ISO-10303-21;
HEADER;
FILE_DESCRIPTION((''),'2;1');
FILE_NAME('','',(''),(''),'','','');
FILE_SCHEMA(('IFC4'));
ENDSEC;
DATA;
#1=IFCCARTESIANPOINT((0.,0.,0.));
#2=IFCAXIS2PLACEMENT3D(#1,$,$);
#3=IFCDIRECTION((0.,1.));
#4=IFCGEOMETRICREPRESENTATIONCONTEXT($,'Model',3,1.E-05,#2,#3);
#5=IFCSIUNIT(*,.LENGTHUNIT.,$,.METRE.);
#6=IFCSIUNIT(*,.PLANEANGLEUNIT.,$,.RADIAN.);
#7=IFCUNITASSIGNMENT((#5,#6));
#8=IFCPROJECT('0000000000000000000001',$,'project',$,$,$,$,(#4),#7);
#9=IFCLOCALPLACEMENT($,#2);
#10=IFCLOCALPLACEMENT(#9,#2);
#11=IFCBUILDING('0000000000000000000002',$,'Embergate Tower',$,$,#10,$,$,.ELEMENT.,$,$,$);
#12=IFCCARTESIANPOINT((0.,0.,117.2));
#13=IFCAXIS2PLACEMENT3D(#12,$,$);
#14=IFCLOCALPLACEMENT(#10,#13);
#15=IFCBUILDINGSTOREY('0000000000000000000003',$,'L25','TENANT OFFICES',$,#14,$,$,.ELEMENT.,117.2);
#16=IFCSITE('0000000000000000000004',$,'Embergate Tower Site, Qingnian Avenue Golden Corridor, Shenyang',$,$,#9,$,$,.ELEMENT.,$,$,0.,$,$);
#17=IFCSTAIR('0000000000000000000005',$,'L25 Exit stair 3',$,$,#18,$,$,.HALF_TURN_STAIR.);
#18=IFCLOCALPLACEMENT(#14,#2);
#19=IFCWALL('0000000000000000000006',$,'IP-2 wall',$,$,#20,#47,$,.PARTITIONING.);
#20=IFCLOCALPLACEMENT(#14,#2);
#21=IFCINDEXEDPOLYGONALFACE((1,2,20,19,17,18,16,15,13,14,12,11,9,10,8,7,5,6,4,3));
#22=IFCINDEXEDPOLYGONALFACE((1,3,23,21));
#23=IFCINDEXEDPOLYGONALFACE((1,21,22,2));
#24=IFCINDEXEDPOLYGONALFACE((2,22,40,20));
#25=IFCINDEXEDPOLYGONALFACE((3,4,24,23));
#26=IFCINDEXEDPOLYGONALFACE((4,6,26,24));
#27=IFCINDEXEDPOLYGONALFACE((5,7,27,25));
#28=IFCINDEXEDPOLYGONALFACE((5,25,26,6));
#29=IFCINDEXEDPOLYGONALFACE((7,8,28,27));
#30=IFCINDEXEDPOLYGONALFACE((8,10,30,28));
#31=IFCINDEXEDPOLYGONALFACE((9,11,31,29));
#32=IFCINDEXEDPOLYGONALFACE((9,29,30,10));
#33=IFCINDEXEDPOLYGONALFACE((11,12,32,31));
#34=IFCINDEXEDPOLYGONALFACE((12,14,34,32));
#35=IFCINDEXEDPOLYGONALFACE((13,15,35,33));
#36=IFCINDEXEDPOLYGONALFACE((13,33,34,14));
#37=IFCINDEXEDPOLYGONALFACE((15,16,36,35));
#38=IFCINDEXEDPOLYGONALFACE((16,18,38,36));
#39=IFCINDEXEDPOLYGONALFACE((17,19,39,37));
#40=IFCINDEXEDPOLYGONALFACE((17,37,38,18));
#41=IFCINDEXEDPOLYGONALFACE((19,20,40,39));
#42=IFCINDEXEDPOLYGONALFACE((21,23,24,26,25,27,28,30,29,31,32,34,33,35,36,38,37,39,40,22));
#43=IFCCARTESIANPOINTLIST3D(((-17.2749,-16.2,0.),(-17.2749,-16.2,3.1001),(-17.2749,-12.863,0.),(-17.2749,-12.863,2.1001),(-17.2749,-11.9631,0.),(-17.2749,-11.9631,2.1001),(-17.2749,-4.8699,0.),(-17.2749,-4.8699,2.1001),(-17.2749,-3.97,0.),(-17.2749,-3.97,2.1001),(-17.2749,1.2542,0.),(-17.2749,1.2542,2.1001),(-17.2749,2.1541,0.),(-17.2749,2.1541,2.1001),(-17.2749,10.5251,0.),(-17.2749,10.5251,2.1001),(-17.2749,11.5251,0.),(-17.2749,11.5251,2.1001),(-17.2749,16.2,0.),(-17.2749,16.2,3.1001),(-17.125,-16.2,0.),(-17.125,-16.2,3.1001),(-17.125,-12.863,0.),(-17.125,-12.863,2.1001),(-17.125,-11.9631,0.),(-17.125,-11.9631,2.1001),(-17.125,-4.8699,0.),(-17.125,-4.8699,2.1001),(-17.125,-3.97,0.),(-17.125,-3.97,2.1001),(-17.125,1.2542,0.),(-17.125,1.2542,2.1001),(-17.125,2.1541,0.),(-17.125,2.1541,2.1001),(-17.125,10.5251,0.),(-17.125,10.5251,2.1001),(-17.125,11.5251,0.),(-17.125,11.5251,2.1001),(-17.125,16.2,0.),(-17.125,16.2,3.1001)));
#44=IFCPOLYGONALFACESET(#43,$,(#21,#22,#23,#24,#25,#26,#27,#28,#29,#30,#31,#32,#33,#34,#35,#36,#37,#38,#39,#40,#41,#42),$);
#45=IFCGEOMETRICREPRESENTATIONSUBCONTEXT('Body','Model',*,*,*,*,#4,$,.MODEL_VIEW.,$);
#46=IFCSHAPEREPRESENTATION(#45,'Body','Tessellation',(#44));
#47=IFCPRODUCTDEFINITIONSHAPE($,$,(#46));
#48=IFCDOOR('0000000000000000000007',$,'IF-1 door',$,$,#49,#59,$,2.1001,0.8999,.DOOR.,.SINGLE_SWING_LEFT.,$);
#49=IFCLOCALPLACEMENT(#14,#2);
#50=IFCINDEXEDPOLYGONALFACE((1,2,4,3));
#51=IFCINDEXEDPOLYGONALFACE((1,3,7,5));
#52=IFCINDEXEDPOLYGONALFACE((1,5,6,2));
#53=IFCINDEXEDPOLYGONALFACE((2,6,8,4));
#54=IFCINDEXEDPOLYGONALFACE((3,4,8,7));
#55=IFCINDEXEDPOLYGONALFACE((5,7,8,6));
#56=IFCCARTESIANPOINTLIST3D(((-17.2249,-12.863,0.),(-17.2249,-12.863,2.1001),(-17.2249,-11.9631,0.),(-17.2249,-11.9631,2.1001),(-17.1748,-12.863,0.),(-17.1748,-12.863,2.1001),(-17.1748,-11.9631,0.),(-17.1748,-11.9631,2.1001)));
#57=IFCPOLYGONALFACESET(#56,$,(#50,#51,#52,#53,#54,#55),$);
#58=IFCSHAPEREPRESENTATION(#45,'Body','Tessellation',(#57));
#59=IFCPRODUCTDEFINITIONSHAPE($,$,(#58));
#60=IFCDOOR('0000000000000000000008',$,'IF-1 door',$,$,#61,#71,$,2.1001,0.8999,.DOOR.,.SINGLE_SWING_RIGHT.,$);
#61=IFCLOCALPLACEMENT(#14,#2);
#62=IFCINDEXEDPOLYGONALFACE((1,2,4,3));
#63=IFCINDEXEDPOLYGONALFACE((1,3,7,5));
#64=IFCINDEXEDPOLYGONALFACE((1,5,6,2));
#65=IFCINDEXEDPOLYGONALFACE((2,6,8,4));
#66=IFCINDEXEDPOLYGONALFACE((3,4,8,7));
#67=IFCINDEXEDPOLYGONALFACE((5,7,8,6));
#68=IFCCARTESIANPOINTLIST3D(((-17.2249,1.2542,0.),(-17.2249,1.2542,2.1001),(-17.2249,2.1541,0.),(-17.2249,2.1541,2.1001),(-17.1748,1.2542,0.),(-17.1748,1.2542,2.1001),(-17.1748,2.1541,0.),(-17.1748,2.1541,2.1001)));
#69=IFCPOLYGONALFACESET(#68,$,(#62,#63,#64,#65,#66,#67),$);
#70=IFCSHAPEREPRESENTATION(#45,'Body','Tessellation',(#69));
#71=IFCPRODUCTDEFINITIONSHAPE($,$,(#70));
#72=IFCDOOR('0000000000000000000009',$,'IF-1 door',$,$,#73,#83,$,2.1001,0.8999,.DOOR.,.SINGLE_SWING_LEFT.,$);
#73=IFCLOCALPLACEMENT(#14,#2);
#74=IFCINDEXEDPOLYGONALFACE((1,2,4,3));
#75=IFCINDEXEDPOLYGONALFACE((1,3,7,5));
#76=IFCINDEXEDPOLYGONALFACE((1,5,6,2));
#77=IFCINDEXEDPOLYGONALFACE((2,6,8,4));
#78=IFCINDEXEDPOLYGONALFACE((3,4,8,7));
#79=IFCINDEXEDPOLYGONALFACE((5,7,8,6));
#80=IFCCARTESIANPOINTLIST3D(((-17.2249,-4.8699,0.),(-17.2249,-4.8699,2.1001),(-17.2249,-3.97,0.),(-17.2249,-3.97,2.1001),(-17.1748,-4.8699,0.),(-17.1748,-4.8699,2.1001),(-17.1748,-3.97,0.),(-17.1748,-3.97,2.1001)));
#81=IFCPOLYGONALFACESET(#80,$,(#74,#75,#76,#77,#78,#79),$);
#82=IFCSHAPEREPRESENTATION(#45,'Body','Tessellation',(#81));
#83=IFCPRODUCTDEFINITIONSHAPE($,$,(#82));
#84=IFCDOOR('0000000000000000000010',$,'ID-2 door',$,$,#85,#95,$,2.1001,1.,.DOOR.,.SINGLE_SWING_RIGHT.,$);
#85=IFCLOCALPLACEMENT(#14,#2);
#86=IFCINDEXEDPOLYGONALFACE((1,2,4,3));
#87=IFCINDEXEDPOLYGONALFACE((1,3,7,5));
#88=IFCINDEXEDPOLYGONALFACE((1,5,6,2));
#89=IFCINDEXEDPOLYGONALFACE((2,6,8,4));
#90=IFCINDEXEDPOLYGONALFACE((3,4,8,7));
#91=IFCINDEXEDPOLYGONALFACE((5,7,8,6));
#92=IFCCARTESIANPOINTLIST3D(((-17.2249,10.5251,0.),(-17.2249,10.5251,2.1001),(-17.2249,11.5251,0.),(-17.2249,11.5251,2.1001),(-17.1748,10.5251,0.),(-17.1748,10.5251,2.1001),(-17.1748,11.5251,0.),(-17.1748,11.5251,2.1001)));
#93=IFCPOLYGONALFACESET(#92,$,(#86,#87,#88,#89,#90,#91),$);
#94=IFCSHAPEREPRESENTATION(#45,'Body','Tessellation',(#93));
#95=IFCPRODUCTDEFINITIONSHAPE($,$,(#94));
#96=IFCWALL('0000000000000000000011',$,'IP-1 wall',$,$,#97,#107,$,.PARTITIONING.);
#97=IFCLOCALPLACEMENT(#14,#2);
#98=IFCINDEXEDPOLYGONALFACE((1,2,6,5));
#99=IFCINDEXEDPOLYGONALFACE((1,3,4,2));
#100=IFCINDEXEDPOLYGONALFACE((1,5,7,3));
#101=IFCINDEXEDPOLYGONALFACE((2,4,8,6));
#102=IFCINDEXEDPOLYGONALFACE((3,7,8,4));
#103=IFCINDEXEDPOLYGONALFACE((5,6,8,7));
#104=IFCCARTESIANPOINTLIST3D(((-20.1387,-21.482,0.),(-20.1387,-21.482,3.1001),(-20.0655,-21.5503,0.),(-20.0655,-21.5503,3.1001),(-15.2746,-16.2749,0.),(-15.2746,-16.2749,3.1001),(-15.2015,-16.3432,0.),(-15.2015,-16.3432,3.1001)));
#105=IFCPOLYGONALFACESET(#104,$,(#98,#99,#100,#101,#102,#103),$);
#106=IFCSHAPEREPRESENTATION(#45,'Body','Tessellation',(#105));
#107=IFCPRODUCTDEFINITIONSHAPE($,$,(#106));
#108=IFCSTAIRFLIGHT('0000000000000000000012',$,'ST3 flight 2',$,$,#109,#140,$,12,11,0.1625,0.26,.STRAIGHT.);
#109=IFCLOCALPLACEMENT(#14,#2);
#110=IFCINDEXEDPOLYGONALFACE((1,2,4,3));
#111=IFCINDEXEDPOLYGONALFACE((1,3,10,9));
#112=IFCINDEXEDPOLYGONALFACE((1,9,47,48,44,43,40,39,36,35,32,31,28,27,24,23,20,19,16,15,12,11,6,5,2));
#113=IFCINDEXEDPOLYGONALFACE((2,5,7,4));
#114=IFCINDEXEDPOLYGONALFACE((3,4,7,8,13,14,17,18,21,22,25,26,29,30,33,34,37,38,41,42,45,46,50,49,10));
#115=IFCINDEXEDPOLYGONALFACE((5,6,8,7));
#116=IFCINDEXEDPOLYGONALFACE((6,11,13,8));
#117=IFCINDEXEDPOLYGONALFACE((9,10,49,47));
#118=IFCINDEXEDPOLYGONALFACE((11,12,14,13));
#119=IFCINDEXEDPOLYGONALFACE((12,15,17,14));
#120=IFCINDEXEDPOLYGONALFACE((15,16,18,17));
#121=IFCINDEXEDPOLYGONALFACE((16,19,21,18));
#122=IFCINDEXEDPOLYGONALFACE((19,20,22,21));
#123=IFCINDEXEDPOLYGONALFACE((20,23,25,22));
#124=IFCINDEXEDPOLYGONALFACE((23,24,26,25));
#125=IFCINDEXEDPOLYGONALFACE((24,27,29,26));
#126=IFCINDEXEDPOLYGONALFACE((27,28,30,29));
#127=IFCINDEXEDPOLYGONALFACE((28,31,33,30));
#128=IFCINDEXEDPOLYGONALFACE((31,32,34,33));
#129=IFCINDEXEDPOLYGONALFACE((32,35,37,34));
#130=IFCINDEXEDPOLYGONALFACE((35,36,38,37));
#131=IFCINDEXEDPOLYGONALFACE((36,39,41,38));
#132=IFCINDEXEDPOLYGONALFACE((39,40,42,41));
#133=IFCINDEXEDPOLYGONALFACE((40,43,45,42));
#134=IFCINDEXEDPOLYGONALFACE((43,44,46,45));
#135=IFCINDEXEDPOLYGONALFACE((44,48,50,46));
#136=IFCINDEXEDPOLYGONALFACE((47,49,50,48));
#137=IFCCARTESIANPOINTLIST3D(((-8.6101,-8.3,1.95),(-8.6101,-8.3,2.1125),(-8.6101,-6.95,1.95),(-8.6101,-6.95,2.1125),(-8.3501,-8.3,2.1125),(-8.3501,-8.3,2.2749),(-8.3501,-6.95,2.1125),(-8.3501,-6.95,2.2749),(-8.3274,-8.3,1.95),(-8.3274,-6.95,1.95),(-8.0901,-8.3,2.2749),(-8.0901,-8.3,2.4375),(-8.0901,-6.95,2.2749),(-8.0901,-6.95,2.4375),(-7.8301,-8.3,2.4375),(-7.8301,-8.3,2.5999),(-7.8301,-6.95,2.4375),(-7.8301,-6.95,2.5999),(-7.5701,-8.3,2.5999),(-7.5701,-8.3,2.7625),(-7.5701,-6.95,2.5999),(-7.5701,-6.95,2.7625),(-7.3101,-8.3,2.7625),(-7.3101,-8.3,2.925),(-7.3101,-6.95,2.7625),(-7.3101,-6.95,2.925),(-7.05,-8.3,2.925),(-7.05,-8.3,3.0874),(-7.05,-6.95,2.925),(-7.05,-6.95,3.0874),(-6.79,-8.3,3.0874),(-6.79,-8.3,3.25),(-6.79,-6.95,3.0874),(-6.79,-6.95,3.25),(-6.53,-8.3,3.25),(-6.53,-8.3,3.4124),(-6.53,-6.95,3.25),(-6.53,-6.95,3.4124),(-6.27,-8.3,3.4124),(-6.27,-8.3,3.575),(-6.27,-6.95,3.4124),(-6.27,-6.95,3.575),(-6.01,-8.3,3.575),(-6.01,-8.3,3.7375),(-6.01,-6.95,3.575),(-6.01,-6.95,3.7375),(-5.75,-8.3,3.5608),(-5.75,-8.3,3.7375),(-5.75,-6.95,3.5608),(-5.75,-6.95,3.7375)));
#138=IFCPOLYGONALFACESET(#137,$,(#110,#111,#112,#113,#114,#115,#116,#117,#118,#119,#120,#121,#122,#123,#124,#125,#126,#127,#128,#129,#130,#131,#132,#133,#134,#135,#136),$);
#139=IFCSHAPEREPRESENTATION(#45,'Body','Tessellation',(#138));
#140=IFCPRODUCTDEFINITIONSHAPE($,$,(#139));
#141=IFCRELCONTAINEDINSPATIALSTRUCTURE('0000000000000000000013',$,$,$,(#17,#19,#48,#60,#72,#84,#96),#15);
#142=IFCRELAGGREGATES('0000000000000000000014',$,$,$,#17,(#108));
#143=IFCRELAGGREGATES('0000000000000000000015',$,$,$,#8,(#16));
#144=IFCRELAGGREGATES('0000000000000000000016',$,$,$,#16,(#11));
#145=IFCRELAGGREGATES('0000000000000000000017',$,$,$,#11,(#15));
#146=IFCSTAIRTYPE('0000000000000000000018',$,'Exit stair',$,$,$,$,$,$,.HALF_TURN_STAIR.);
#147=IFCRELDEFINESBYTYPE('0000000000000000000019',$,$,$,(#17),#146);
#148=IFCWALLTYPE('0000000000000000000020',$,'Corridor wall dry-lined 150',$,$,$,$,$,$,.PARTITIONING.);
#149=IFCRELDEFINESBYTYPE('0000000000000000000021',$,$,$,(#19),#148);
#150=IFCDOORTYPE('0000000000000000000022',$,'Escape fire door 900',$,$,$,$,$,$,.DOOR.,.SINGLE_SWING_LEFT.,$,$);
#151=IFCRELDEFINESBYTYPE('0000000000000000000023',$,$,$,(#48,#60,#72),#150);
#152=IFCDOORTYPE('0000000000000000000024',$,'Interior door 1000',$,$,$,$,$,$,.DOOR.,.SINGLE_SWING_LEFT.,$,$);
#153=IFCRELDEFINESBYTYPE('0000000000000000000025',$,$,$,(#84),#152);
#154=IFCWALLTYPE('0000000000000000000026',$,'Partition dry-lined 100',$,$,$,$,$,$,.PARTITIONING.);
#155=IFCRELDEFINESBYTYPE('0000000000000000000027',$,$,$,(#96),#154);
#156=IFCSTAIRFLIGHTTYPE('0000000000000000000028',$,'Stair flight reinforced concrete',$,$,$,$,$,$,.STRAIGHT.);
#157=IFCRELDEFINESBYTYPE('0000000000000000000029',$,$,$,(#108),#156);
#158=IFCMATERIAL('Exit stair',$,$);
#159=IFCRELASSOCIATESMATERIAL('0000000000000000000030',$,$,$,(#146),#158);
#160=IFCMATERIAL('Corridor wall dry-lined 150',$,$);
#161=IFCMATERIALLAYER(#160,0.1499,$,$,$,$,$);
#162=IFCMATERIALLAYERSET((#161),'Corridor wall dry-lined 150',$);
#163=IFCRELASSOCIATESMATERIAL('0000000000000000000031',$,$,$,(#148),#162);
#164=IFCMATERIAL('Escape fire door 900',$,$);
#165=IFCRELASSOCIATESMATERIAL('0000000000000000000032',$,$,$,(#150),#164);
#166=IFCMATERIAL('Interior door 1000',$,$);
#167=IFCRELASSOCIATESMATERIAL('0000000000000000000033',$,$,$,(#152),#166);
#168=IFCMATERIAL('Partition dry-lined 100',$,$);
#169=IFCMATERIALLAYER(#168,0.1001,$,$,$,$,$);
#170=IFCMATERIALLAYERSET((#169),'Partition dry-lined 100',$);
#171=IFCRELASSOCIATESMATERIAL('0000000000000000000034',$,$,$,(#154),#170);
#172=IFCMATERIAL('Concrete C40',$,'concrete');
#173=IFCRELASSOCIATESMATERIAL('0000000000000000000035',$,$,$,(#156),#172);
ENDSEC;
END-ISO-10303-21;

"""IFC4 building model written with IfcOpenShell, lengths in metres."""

from ifc_helpers import new_model, si_unit, direction, frame, frame_2d, origin, place, context, subcontext, project, spatial, polyline, rectangle, outline, extrude, source, transform, mapped, material, layer, layer_set, type_object, element, fill, aggregate, save


model = new_model("IFC4")

# Units and contexts
model_context = context("Model", 3, precision=1e-05, world=origin(), true_north=direction((0.0, 1.0)))
body_context = subcontext(model_context, "Body", "Model", "MODEL_VIEW")
ifc_project = project(units=[si_unit("LENGTHUNIT", "METRE"), si_unit("PLANEANGLEUNIT", "RADIAN")], contexts=[model_context])

# Site, building, storey
site_placement = place(None, origin())
site = spatial("IfcSite", under=ifc_project, at=site_placement, Name="Embergate Tower Site, Qingnian Avenue Golden Corridor, Shenyang", CompositionType="ELEMENT", RefElevation=0.0)
building_placement = place(site_placement, origin())
building = spatial("IfcBuilding", under=site, at=building_placement, Name="Embergate Tower", CompositionType="ELEMENT")
storey_placement = place(building_placement, frame((0.0, 0.0, 117.2)))
storey = spatial("IfcBuildingStorey", under=building, at=storey_placement, Name="L25", Description="TENANT OFFICES", CompositionType="ELEMENT", Elevation=117.2)

# Stair
ifc_material_1 = material(Name="Exit stair")
stair_type = type_object("IfcStairType", Name="Exit stair", PredefinedType="HALF_TURN_STAIR", material=ifc_material_1)
stair_placement = place(storey_placement, origin())
stair = element("IfcStair", 1, at=stair_placement, inside=storey, type_object=stair_type, Name="L25 Exit stair 3", PredefinedType="HALF_TURN_STAIR")
ifc_material_2 = material(Name="Concrete C40", Category="concrete")

# Shared definitions
shared_shape_1 = source(origin(), body_context, "Body", "SweptSolid", [
    extrude(rectangle(XDim=0.8999, YDim=2.1001, at=frame_2d((0.45, 1.05))), frame((0.0, 0.0249, 0.0), z_axis=(0.0, -1.0, 0.0), x_axis=(1.0, 0.0, 0.0)), (0.0, 0.0, 1.0), 0.05),
])

# Wall, openings, doors
ifc_material_3 = material(Name="Corridor wall dry-lined 150")
ifc_layer_1 = layer(ifc_material_3, 0.1499)
ifc_layer_set_1 = layer_set([ifc_layer_1], Name="Corridor wall dry-lined 150")
wall_type_1 = type_object("IfcWallType", Name="Corridor wall dry-lined 150", PredefinedType="PARTITIONING", material=ifc_layer_set_1)
shared_shape_2 = source(origin(), body_context, "Body", "SweptSolid", [
    extrude(rectangle(XDim=32.3999, YDim=0.1499, at=frame_2d((16.2, 0.0))), origin(), (0.0, 0.0, 1.0), 3.1001),
])
wall_1_placement = place(storey_placement, frame((-17.2, -16.2, 0.0), z_axis=(0.0, 0.0, 1.0), x_axis=(0.0, 1.0, 0.0)))
wall_1 = element("IfcWall", 2, at=wall_1_placement, inside=storey, type_object=wall_type_1, Name="IP-2 wall", PredefinedType="PARTITIONING", context=body_context, shape_type="MappedRepresentation", body=[
    mapped(shared_shape_2, transform((0.0, 0.0, 0.0))),
])
shared_shape_3 = source(origin(), body_context, "Body", "SweptSolid", [
    extrude(rectangle(XDim=0.8999, YDim=2.1001, at=frame_2d((0.45, 1.05))), frame((0.0, 0.085, 0.0), z_axis=(0.0, -1.0, 0.0), x_axis=(1.0, 0.0, 0.0)), (0.0, 0.0, 1.0), 0.1699),
])
opening_1_placement = place(wall_1_placement, frame((3.3369, 0.0, 0.0)))
opening_1 = element("IfcOpeningElement", 3, at=opening_1_placement, cuts=wall_1, PredefinedType="OPENING", context=body_context, shape_type="MappedRepresentation", body=[
    mapped(shared_shape_3, transform((0.0, 0.0, 0.0))),
])
shared_shape_4 = source(origin(), body_context, "Body", "SweptSolid", [
    extrude(rectangle(XDim=1.0, YDim=2.1001, at=frame_2d((0.5, 1.05))), frame((0.0, 0.085, 0.0), z_axis=(0.0, -1.0, 0.0), x_axis=(1.0, 0.0, 0.0)), (0.0, 0.0, 1.0), 0.1699),
])
opening_2_placement = place(wall_1_placement, frame((26.7251, 0.0, 0.0)))
opening_2 = element("IfcOpeningElement", 4, at=opening_2_placement, cuts=wall_1, PredefinedType="OPENING", context=body_context, shape_type="MappedRepresentation", body=[
    mapped(shared_shape_4, transform((0.0, 0.0, 0.0))),
])
opening_3_placement = place(wall_1_placement, frame((17.4541, 0.0, 0.0)))
opening_3 = element("IfcOpeningElement", 5, at=opening_3_placement, cuts=wall_1, PredefinedType="OPENING", context=body_context, shape_type="MappedRepresentation", body=[
    mapped(shared_shape_3, transform((0.0, 0.0, 0.0))),
])
opening_4_placement = place(wall_1_placement, frame((11.3301, 0.0, 0.0)))
opening_4 = element("IfcOpeningElement", 6, at=opening_4_placement, cuts=wall_1, PredefinedType="OPENING", context=body_context, shape_type="MappedRepresentation", body=[
    mapped(shared_shape_3, transform((0.0, 0.0, 0.0))),
])
ifc_material_4 = material(Name="Escape fire door 900")
door_type_1 = type_object("IfcDoorType", Name="Escape fire door 900", OperationType="SINGLE_SWING_LEFT", PredefinedType="DOOR", material=ifc_material_4)
door_1_placement = place(opening_1_placement, origin())
door_1 = element("IfcDoor", 7, at=door_1_placement, inside=storey, type_object=door_type_1, Name="IF-1 door", OperationType="SINGLE_SWING_LEFT", OverallHeight=2.1001, OverallWidth=0.8999, PredefinedType="DOOR", context=body_context, shape_type="MappedRepresentation", body=[
    mapped(shared_shape_1, transform((0.0, 0.0, 0.0))),
])
fill(opening_1, door_1)
door_2_placement = place(opening_3_placement, origin())
door_2 = element("IfcDoor", 8, at=door_2_placement, inside=storey, type_object=door_type_1, Name="IF-1 door", OperationType="SINGLE_SWING_RIGHT", OverallHeight=2.1001, OverallWidth=0.8999, PredefinedType="DOOR", context=body_context, shape_type="MappedRepresentation", body=[
    mapped(shared_shape_1, transform((0.0, 0.0, 0.0))),
])
fill(opening_3, door_2)
door_3_placement = place(opening_4_placement, origin())
door_3 = element("IfcDoor", 9, at=door_3_placement, inside=storey, type_object=door_type_1, Name="IF-1 door", OperationType="SINGLE_SWING_LEFT", OverallHeight=2.1001, OverallWidth=0.8999, PredefinedType="DOOR", context=body_context, shape_type="MappedRepresentation", body=[
    mapped(shared_shape_1, transform((0.0, 0.0, 0.0))),
])
fill(opening_4, door_3)
ifc_material_5 = material(Name="Interior door 1000")
door_type_2 = type_object("IfcDoorType", Name="Interior door 1000", OperationType="SINGLE_SWING_LEFT", PredefinedType="DOOR", material=ifc_material_5)
shared_shape_5 = source(origin(), body_context, "Body", "SweptSolid", [
    extrude(rectangle(XDim=1.0, YDim=2.1001, at=frame_2d((0.5, 1.05))), frame((0.0, 0.0249, 0.0), z_axis=(0.0, -1.0, 0.0), x_axis=(1.0, 0.0, 0.0)), (0.0, 0.0, 1.0), 0.05),
])
door_4_placement = place(opening_2_placement, origin())
door_4 = element("IfcDoor", 10, at=door_4_placement, inside=storey, type_object=door_type_2, Name="ID-2 door", OperationType="SINGLE_SWING_RIGHT", OverallHeight=2.1001, OverallWidth=1.0, PredefinedType="DOOR", context=body_context, shape_type="MappedRepresentation", body=[
    mapped(shared_shape_5, transform((0.0, 0.0, 0.0))),
])
fill(opening_2, door_4)

# Wall
ifc_material_6 = material(Name="Partition dry-lined 100")
ifc_layer_2 = layer(ifc_material_6, 0.1001)
ifc_layer_set_2 = layer_set([ifc_layer_2], Name="Partition dry-lined 100")
wall_type_2 = type_object("IfcWallType", Name="Partition dry-lined 100", PredefinedType="PARTITIONING", material=ifc_layer_set_2)
shared_shape_6 = source(origin(), body_context, "Body", "SweptSolid", [
    extrude(rectangle(XDim=7.1255, YDim=0.1001, at=frame_2d((3.5627, 0.0))), origin(), (0.0, 0.0, 1.0), 3.1001),
])
wall_2_placement = place(storey_placement, frame((-15.238, -16.3091, 0.0), z_axis=(0.0, 0.0, 1.0), x_axis=(-0.682627, -0.730767, 0.0)))
element("IfcWall", 11, at=wall_2_placement, inside=storey, type_object=wall_type_2, Name="IP-1 wall", PredefinedType="PARTITIONING", context=body_context, shape_type="MappedRepresentation", body=[
    mapped(shared_shape_6, transform((0.0, 0.0, 0.0))),
])

# Stair flight
stair_flight_type = type_object("IfcStairFlightType", Name="Stair flight reinforced concrete", PredefinedType="STRAIGHT", material=ifc_material_2)
shared_shape_7 = source(origin(), body_context, "Body", "SweptSolid", [
    extrude(outline(polyline([(0.0, 0.0), (0.0, 0.1626), (0.26, 0.1626), (0.26, 0.325), (0.52, 0.325), (0.52, 0.4875), (0.78, 0.4875), (0.78, 0.6499), (1.04, 0.6499), (1.04, 0.8125), (1.3, 0.8125), (1.3, 0.9751), (1.5601, 0.9751), (1.5601, 1.1375), (1.8201, 1.1375), (1.8201, 1.3), (2.0801, 1.3), (2.0801, 1.4624), (2.3401, 1.4624), (2.3401, 1.625), (2.6001, 1.625), (2.6001, 1.7876), (2.8601, 1.7876), (2.8601, 1.95), (2.8601, 1.6108), (0.2827, 0.0), (0.0, 0.0)])), frame((0.0, 0.675, 0.0), z_axis=(0.0, -1.0, 0.0), x_axis=(1.0, 0.0, 0.0)), (0.0, 0.0, 1.0), 1.3501),
])
stair_flight_placement = place(storey_placement, frame((-8.6101, -7.625, 1.95), z_axis=(0.0, 0.0, 1.0), x_axis=(1.0, 0.0, 0.0)))
stair_flight = element("IfcStairFlight", 12, at=stair_flight_placement, type_object=stair_flight_type, Name="ST3 flight 2", NumberOfRisers=12, NumberOfTreads=11, PredefinedType="STRAIGHT", RiserHeight=0.1625, TreadLength=0.26, context=body_context, shape_type="MappedRepresentation", body=[
    mapped(shared_shape_7, transform((0.0, 0.0, 0.0))),
])
aggregate(stair, [stair_flight])

save(model, "model.ifc")
